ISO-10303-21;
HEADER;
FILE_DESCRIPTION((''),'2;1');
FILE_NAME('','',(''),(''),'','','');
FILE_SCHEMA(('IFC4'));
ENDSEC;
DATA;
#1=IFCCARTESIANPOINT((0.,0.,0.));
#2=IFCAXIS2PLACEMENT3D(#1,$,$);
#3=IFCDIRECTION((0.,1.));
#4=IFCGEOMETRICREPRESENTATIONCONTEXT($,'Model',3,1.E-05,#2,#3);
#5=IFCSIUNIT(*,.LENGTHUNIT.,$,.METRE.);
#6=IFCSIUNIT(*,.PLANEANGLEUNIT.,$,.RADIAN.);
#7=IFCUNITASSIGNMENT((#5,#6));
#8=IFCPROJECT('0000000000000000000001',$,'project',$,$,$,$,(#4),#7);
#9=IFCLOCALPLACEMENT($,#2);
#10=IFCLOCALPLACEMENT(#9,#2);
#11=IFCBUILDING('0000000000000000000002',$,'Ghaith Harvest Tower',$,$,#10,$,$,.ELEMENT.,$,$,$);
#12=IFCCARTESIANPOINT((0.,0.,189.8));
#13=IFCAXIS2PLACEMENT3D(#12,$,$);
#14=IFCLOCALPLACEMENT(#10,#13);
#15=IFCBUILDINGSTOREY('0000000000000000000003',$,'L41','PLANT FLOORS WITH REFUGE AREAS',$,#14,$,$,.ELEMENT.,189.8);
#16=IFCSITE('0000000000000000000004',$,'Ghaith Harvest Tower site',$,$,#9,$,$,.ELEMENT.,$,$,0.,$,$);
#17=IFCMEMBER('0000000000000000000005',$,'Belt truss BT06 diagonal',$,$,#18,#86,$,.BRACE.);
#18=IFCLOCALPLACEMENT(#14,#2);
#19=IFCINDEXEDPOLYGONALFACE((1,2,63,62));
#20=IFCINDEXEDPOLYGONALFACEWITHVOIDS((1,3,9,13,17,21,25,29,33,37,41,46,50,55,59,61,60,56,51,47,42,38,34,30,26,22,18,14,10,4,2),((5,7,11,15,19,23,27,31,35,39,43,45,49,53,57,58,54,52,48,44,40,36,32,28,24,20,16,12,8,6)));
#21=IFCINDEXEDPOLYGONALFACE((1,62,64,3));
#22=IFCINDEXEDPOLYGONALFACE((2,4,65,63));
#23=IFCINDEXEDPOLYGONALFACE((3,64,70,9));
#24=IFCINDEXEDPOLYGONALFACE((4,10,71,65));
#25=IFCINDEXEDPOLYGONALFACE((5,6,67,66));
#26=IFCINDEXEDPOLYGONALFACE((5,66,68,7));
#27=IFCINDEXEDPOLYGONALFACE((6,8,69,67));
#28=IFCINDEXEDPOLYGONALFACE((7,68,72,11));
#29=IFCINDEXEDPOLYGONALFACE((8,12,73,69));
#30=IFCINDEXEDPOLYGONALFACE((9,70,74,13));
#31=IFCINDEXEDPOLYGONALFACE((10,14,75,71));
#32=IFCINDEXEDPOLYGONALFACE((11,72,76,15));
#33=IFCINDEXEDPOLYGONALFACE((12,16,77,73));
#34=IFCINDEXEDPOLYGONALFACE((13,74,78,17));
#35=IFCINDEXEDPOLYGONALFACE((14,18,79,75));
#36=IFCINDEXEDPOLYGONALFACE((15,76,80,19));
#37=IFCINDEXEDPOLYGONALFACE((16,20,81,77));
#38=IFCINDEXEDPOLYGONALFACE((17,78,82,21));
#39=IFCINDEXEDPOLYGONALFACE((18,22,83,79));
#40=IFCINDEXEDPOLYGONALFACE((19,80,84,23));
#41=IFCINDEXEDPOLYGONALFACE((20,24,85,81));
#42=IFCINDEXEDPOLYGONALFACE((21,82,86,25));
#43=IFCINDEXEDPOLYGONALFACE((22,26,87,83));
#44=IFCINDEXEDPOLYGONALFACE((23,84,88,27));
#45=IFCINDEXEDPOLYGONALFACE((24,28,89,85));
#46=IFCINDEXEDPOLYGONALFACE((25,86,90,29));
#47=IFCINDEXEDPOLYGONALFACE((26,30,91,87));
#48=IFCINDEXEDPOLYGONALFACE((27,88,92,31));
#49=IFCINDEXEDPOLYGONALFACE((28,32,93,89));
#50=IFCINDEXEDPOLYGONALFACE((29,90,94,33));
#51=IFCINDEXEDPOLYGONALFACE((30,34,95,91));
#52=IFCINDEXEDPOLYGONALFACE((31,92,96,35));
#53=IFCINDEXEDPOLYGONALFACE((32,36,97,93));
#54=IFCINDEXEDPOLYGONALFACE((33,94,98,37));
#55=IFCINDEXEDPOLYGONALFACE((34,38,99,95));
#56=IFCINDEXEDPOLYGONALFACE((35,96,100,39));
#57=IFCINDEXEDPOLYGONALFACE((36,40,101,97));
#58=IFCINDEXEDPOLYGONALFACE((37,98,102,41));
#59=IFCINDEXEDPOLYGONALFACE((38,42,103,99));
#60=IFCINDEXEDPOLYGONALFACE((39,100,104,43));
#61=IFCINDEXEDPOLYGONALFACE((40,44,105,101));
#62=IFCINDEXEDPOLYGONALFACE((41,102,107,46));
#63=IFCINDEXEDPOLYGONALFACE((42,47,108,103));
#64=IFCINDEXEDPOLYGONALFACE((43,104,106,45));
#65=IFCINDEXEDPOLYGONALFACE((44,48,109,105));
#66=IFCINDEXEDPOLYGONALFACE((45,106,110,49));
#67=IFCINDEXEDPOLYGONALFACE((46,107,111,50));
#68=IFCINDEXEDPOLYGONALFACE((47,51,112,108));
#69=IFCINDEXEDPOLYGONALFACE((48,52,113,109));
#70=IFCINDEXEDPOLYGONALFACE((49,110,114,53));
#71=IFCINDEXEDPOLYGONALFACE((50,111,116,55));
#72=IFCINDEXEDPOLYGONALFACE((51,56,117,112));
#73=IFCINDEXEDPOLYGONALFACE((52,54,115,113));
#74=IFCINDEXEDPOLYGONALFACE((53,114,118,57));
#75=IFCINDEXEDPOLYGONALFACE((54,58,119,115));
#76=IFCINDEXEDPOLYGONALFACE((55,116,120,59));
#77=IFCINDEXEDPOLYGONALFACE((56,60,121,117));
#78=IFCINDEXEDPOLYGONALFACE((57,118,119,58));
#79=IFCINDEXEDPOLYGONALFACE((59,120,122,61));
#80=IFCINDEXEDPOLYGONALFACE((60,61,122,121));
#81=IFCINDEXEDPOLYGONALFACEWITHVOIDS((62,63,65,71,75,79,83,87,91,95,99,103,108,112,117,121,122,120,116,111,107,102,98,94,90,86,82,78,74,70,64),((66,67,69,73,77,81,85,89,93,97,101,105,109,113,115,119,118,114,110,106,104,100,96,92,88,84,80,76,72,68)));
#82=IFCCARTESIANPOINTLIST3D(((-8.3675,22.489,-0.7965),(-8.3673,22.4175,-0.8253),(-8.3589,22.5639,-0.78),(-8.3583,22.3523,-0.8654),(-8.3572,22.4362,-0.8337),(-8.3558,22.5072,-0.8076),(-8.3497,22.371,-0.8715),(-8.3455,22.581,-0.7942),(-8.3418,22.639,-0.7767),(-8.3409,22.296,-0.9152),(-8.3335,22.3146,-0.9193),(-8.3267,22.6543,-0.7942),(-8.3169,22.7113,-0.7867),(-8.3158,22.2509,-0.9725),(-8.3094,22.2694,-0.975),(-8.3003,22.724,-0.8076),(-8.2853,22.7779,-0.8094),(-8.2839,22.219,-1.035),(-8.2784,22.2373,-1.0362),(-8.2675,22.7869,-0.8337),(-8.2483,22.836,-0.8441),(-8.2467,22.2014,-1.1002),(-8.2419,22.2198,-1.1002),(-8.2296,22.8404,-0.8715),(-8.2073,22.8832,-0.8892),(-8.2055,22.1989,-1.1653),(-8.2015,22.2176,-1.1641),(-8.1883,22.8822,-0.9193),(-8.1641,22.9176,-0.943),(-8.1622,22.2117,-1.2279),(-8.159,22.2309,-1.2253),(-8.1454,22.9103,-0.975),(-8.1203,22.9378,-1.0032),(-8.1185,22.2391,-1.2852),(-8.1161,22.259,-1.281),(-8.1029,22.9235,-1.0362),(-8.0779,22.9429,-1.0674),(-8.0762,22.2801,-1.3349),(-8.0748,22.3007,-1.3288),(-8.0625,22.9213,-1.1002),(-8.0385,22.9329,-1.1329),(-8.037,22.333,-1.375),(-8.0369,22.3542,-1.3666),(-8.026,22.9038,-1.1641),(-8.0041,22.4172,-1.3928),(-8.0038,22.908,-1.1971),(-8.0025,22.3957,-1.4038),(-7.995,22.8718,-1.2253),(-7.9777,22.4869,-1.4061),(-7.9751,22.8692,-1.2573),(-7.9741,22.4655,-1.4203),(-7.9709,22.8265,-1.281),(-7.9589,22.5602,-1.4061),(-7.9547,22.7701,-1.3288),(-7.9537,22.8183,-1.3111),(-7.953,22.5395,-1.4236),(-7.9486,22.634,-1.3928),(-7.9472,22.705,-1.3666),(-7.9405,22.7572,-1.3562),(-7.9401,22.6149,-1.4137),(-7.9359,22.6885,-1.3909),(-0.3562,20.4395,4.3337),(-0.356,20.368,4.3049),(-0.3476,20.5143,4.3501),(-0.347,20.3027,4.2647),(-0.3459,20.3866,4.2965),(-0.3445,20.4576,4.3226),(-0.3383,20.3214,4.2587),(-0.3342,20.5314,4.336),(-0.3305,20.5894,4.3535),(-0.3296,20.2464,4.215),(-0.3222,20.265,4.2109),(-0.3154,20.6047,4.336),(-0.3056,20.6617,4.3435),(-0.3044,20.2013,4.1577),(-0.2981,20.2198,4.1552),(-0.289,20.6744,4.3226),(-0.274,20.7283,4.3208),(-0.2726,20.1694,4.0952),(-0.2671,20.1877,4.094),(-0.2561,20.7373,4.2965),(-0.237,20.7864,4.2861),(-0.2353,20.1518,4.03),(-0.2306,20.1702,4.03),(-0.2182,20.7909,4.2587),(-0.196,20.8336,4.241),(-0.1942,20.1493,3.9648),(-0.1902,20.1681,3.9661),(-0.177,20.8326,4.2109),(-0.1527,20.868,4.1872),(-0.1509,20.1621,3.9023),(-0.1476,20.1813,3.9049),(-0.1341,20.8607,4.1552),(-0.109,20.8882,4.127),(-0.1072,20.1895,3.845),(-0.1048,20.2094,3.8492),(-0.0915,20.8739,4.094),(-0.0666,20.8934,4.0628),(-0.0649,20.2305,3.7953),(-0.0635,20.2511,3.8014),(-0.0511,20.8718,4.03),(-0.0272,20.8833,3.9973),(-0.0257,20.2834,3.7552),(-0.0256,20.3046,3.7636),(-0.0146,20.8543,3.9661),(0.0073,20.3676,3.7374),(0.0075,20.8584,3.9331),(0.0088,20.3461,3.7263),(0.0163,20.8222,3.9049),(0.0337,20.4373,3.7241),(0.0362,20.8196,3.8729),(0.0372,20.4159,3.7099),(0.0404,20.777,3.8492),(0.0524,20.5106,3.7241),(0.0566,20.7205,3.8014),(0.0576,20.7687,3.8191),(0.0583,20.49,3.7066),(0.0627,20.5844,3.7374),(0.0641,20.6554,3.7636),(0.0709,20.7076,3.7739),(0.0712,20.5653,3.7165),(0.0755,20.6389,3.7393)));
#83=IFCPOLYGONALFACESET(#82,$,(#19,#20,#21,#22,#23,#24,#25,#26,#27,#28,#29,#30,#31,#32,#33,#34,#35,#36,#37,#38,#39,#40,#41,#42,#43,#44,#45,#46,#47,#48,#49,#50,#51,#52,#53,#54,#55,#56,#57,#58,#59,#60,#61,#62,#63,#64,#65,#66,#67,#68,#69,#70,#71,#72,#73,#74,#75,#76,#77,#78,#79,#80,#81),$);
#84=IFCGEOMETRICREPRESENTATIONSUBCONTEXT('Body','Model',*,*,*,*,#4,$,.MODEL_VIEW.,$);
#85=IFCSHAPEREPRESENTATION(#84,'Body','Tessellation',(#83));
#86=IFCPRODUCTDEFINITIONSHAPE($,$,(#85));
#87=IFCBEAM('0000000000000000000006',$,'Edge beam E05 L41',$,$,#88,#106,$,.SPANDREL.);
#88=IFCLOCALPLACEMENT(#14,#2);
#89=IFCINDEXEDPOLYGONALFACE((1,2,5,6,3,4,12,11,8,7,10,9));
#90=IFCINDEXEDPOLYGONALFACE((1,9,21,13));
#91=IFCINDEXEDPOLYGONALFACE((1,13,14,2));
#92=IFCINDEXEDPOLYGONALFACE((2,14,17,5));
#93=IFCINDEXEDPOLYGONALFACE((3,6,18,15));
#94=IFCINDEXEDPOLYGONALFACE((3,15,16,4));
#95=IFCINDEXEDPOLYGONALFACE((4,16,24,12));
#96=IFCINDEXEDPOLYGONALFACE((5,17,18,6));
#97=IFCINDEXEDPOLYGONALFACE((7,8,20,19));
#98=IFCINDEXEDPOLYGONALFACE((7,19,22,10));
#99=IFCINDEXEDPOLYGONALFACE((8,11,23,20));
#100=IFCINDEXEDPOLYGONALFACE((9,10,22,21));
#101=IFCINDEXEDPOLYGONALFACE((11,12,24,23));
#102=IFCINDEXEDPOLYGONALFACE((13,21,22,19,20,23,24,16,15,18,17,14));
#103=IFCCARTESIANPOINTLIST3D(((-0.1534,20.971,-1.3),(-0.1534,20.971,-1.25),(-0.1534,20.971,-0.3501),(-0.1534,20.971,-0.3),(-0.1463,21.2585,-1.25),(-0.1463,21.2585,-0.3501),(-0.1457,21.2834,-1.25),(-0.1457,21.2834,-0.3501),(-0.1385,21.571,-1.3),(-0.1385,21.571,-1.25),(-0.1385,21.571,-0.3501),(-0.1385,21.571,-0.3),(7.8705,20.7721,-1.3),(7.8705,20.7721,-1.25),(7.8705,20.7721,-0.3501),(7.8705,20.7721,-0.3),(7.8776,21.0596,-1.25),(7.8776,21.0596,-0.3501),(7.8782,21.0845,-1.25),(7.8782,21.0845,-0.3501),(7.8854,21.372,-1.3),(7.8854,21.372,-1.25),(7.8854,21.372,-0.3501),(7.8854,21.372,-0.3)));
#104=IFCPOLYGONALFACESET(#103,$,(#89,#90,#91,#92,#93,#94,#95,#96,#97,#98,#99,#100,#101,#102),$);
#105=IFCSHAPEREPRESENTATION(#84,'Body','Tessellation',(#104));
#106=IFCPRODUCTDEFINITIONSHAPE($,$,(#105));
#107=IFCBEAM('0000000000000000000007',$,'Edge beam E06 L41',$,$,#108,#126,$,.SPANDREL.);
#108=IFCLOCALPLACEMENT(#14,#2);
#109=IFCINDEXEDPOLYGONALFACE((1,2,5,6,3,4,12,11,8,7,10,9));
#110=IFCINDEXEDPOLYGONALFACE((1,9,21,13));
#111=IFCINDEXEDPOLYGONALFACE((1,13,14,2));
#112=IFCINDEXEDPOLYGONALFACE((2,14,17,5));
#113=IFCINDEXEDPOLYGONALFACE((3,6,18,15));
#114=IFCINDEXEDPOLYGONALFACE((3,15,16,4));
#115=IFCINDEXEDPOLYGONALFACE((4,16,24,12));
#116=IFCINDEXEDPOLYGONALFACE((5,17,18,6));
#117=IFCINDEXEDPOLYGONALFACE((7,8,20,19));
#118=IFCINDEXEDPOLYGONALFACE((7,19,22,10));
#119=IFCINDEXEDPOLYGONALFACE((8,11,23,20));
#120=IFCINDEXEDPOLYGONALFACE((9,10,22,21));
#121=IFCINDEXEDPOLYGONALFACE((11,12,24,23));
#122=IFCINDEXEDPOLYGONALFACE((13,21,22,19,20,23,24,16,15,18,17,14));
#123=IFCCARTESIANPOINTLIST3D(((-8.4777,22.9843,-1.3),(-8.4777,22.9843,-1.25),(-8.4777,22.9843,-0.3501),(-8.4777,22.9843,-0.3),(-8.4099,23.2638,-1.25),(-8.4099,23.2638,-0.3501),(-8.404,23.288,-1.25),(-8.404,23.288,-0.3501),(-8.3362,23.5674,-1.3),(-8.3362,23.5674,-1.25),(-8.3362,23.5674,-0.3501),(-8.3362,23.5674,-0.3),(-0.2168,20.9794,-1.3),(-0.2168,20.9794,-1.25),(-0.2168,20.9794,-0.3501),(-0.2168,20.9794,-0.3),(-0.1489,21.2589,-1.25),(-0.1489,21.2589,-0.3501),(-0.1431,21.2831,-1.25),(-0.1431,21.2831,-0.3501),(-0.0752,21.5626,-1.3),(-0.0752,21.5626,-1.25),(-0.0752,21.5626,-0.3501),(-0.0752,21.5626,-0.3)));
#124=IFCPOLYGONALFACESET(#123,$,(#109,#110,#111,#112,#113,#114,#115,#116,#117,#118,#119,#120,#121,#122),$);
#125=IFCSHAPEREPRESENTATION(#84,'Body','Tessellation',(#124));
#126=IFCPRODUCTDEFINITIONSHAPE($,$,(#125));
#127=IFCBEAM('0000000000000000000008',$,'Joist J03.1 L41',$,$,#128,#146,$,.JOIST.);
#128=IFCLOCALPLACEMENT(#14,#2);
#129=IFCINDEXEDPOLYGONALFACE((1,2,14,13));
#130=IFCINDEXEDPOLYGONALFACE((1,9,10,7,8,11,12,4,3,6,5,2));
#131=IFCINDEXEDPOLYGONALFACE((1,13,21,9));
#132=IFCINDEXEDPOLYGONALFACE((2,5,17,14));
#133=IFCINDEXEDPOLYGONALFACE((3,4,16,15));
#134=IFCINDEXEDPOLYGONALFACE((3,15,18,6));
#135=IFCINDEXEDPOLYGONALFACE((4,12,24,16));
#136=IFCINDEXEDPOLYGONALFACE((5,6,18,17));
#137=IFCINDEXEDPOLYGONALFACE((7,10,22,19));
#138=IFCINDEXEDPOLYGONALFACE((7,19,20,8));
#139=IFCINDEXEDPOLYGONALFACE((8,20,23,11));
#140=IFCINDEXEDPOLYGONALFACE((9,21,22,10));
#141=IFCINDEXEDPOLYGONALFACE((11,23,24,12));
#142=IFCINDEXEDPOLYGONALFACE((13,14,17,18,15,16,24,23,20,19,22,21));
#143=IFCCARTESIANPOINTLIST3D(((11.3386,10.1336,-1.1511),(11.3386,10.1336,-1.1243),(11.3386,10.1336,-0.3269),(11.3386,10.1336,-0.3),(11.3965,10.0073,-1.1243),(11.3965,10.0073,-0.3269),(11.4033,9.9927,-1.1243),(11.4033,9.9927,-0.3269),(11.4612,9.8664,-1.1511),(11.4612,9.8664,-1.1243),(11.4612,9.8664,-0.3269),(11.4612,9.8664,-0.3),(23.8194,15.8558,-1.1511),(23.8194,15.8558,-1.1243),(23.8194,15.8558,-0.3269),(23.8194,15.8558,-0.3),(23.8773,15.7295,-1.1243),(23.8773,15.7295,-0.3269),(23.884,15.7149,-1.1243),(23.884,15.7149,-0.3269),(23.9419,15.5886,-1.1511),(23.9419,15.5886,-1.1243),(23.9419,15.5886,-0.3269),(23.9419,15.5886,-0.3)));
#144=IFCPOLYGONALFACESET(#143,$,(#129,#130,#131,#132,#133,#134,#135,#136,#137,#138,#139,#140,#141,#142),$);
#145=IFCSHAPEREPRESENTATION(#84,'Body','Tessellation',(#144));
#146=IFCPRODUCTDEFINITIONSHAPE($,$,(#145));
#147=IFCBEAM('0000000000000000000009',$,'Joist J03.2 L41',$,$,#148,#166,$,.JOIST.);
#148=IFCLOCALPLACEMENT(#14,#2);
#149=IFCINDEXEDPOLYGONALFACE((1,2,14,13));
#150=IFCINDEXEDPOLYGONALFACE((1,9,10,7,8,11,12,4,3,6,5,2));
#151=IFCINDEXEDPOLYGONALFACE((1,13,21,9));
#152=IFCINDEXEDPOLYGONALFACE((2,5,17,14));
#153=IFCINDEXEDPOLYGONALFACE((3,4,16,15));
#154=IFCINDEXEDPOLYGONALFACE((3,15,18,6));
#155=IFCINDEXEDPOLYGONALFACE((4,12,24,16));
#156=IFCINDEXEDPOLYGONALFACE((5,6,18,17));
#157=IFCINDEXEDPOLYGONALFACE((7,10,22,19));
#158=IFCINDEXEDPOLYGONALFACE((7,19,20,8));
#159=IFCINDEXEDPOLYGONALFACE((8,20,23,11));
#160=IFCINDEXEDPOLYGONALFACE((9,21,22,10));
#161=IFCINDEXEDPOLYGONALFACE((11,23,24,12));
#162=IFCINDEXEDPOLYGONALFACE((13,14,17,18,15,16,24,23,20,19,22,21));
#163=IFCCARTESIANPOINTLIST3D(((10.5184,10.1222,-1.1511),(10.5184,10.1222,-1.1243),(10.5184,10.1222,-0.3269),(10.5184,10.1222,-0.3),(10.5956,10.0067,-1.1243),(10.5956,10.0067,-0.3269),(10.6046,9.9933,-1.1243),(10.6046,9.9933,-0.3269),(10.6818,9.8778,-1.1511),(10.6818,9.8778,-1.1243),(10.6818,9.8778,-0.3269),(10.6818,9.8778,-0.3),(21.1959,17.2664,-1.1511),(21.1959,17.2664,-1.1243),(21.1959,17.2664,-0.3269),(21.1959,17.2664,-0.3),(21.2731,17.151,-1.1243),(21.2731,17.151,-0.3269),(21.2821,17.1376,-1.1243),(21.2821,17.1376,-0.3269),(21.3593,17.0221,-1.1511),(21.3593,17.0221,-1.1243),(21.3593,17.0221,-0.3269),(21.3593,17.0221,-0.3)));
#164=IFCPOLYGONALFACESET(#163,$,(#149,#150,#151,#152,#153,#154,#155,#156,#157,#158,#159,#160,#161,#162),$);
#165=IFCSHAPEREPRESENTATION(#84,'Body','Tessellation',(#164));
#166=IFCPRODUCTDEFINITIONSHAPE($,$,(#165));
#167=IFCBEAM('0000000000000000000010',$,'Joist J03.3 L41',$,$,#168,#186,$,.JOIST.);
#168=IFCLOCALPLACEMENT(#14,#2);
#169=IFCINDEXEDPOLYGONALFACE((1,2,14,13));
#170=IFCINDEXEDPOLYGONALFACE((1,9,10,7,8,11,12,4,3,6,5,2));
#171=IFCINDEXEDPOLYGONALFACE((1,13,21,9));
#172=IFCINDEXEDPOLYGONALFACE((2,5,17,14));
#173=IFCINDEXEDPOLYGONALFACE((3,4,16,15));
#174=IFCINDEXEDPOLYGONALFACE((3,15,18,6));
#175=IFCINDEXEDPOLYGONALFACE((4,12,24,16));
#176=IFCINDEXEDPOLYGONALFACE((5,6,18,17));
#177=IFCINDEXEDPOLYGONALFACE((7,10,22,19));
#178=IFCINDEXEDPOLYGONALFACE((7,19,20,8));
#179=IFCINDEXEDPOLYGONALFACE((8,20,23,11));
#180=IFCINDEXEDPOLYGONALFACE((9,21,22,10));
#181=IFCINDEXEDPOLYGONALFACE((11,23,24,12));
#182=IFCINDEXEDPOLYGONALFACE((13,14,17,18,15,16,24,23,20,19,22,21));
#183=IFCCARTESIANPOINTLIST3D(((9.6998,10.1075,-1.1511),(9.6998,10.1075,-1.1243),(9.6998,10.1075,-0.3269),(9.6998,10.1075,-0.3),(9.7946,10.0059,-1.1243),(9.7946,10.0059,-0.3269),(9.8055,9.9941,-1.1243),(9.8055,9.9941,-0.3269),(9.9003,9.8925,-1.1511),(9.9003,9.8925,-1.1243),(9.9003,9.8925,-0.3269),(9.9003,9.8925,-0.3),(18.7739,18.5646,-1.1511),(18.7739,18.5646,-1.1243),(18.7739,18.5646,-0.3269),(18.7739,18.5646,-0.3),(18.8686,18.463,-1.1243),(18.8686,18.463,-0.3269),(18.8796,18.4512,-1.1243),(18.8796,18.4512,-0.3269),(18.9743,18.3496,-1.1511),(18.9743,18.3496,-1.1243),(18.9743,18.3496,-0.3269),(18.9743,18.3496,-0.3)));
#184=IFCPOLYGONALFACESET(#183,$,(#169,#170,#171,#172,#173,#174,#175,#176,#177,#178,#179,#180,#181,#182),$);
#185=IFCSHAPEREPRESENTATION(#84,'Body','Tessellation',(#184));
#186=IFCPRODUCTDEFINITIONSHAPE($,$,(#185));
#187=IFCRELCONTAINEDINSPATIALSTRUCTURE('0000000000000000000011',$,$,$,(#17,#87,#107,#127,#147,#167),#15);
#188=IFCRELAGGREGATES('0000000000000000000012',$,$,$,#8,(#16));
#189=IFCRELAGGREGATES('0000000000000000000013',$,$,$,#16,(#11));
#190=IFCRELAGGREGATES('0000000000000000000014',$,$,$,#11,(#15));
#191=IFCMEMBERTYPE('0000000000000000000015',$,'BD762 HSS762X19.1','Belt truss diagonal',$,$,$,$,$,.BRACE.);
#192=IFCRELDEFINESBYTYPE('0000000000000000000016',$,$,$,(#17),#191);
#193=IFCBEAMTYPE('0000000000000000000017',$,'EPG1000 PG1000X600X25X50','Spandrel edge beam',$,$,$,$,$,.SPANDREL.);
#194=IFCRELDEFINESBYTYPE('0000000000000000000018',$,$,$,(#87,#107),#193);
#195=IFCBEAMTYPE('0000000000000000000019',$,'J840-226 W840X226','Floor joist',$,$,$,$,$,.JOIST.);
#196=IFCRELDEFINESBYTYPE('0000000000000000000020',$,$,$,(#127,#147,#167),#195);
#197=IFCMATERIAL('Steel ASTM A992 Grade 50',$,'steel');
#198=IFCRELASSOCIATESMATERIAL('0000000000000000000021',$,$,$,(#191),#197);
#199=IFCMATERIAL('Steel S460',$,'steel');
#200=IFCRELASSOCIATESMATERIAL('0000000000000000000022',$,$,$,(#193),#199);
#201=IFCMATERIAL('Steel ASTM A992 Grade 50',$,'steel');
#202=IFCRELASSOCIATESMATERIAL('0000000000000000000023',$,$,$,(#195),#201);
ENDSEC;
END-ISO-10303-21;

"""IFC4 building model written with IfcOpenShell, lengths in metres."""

from ifc_helpers import new_model, si_unit, direction, frame, origin, origin_2d, place, context, subcontext, project, spatial, hollow_circle, i_section, extrude, material, material_profile, profile_set, type_object, element, save


model = new_model("IFC4")

# Units and contexts
model_context = context("Model", 3, precision=1e-05, world=origin(), true_north=direction((0.0, 1.0)))
body_context = subcontext(model_context, "Body", "Model", "MODEL_VIEW")
ifc_project = project(units=[si_unit("LENGTHUNIT", "METRE"), si_unit("PLANEANGLEUNIT", "RADIAN")], contexts=[model_context])

# Site, building, storey
site_placement = place(None, origin())
site = spatial("IfcSite", under=ifc_project, at=site_placement, Name="Ghaith Harvest Tower site", CompositionType="ELEMENT", RefElevation=0.0)
building_placement = place(site_placement, origin())
building = spatial("IfcBuilding", under=site, at=building_placement, Name="Ghaith Harvest Tower", CompositionType="ELEMENT")
storey_placement = place(building_placement, frame((0.0, 0.0, 189.8)))
storey = spatial("IfcBuildingStorey", under=building, at=storey_placement, Name="L41", Description="PLANT FLOORS WITH REFUGE AREAS", CompositionType="ELEMENT", Elevation=189.8)

# Member
ifc_material_1 = material(Name="Steel ASTM A992 Grade 50", Category="steel")
ifc_material_profile_1 = material_profile(ifc_material_1, hollow_circle(Radius=0.3811, WallThickness=0.019, at=origin_2d()), Name="HSS762X19.1")
ifc_profile_set_1 = profile_set([ifc_material_profile_1], Name="Steel ASTM A992 Grade 50")
member_type_1 = type_object("IfcMemberType", Name="BD762 HSS762X19.1", Description="Belt truss diagonal", PredefinedType="BRACE", material=ifc_profile_set_1)
member_1_placement = place(storey_placement, frame((-0.1409, 20.521, 4.03), z_axis=(-0.823241, 0.210615, -0.527177), x_axis=(-0.247853, -0.968798, 0.0)))
element("IfcMember", 1, at=member_1_placement, inside=storey, type_object=member_type_1, Name="Belt truss BT06 diagonal", PredefinedType="BRACE", context=body_context, shape_type="SweptSolid", body=[
    extrude(hollow_circle(Radius=0.3811, WallThickness=0.019, at=origin_2d()), origin(), (0.0, 0.0, 1.0), 9.7314),
])

# Beams
ifc_material_2 = material(Name="Steel S460", Category="steel")
ifc_material_profile_2 = material_profile(ifc_material_2, i_section(OverallWidth=0.6001, OverallDepth=1.0, WebThickness=0.0249, FlangeThickness=0.05, at=origin_2d()), Name="PG1000X600X25X50")
ifc_profile_set_2 = profile_set([ifc_material_profile_2], Name="Steel S460")
beam_type_1 = type_object("IfcBeamType", Name="EPG1000 PG1000X600X25X50", Description="Spandrel edge beam", PredefinedType="SPANDREL", material=ifc_profile_set_2)
beam_1_placement = place(storey_placement, frame((7.8779, 21.072, -0.8), z_axis=(-0.999693, 0.02479, 0.0), x_axis=(-0.02479, -0.999693, 0.0)))
element("IfcBeam", 2, at=beam_1_placement, inside=storey, type_object=beam_type_1, Name="Edge beam E05 L41", PredefinedType="SPANDREL", context=body_context, shape_type="SweptSolid", body=[
    extrude(i_section(OverallWidth=0.6001, OverallDepth=1.0, WebThickness=0.0249, FlangeThickness=0.05, at=origin_2d()), origin(), (0.0, 0.0, 1.0), 8.0264),
])
beam_2_placement = place(storey_placement, frame((-0.146, 21.271, -0.8), z_axis=(-0.97179, 0.235847, 0.0), x_axis=(-0.235847, -0.97179, 0.0)))
element("IfcBeam", 3, at=beam_2_placement, inside=storey, type_object=beam_type_1, Name="Edge beam E06 L41", PredefinedType="SPANDREL", context=body_context, shape_type="SweptSolid", body=[
    extrude(i_section(OverallWidth=0.6001, OverallDepth=1.0, WebThickness=0.0249, FlangeThickness=0.05, at=origin_2d()), origin(), (0.0, 0.0, 1.0), 8.5007),
])
ifc_material_3 = material(Name="Steel ASTM A992 Grade 50", Category="steel")
ifc_material_profile_3 = material_profile(ifc_material_3, i_section(OverallWidth=0.2939, OverallDepth=0.8511, WebThickness=0.0161, FlangeThickness=0.0269, at=origin_2d()), Name="W840X226")
ifc_profile_set_3 = profile_set([ifc_material_profile_3], Name="Steel ASTM A992 Grade 50")
beam_type_2 = type_object("IfcBeamType", Name="J840-226 W840X226", Description="Floor joist", PredefinedType="JOIST", material=ifc_profile_set_3)
beam_3_placement = place(storey_placement, frame((11.3999, 10.0, -0.7256), z_axis=(0.909014, 0.416766, 0.0), x_axis=(-0.416766, 0.909014, 0.0)))
element("IfcBeam", 4, at=beam_3_placement, inside=storey, type_object=beam_type_2, Name="Joist J03.1 L41", PredefinedType="JOIST", context=body_context, shape_type="SweptSolid", body=[
    extrude(i_section(OverallWidth=0.2939, OverallDepth=0.8511, WebThickness=0.0161, FlangeThickness=0.0269, at=origin_2d()), origin(), (0.0, 0.0, 1.0), 13.73),
])
beam_4_placement = place(storey_placement, frame((10.6001, 10.0, -0.7256), z_axis=(0.831116, 0.556098, 0.0), x_axis=(-0.556098, 0.831116, 0.0)))
element("IfcBeam", 5, at=beam_4_placement, inside=storey, type_object=beam_type_2, Name="Joist J03.2 L41", PredefinedType="JOIST", context=body_context, shape_type="SweptSolid", body=[
    extrude(i_section(OverallWidth=0.2939, OverallDepth=0.8511, WebThickness=0.0161, FlangeThickness=0.0269, at=origin_2d()), origin(), (0.0, 0.0, 1.0), 12.8472),
])
beam_5_placement = place(storey_placement, frame((9.8, 10.0, -0.7256), z_axis=(0.731538, 0.681801, 0.0), x_axis=(-0.681801, 0.731538, 0.0)))
element("IfcBeam", 6, at=beam_5_placement, inside=storey, type_object=beam_type_2, Name="Joist J03.3 L41", PredefinedType="JOIST", context=body_context, shape_type="SweptSolid", body=[
    extrude(i_section(OverallWidth=0.2939, OverallDepth=0.8511, WebThickness=0.0161, FlangeThickness=0.0269, at=origin_2d()), origin(), (0.0, 0.0, 1.0), 12.4041),
])

save(model, "model.ifc")
